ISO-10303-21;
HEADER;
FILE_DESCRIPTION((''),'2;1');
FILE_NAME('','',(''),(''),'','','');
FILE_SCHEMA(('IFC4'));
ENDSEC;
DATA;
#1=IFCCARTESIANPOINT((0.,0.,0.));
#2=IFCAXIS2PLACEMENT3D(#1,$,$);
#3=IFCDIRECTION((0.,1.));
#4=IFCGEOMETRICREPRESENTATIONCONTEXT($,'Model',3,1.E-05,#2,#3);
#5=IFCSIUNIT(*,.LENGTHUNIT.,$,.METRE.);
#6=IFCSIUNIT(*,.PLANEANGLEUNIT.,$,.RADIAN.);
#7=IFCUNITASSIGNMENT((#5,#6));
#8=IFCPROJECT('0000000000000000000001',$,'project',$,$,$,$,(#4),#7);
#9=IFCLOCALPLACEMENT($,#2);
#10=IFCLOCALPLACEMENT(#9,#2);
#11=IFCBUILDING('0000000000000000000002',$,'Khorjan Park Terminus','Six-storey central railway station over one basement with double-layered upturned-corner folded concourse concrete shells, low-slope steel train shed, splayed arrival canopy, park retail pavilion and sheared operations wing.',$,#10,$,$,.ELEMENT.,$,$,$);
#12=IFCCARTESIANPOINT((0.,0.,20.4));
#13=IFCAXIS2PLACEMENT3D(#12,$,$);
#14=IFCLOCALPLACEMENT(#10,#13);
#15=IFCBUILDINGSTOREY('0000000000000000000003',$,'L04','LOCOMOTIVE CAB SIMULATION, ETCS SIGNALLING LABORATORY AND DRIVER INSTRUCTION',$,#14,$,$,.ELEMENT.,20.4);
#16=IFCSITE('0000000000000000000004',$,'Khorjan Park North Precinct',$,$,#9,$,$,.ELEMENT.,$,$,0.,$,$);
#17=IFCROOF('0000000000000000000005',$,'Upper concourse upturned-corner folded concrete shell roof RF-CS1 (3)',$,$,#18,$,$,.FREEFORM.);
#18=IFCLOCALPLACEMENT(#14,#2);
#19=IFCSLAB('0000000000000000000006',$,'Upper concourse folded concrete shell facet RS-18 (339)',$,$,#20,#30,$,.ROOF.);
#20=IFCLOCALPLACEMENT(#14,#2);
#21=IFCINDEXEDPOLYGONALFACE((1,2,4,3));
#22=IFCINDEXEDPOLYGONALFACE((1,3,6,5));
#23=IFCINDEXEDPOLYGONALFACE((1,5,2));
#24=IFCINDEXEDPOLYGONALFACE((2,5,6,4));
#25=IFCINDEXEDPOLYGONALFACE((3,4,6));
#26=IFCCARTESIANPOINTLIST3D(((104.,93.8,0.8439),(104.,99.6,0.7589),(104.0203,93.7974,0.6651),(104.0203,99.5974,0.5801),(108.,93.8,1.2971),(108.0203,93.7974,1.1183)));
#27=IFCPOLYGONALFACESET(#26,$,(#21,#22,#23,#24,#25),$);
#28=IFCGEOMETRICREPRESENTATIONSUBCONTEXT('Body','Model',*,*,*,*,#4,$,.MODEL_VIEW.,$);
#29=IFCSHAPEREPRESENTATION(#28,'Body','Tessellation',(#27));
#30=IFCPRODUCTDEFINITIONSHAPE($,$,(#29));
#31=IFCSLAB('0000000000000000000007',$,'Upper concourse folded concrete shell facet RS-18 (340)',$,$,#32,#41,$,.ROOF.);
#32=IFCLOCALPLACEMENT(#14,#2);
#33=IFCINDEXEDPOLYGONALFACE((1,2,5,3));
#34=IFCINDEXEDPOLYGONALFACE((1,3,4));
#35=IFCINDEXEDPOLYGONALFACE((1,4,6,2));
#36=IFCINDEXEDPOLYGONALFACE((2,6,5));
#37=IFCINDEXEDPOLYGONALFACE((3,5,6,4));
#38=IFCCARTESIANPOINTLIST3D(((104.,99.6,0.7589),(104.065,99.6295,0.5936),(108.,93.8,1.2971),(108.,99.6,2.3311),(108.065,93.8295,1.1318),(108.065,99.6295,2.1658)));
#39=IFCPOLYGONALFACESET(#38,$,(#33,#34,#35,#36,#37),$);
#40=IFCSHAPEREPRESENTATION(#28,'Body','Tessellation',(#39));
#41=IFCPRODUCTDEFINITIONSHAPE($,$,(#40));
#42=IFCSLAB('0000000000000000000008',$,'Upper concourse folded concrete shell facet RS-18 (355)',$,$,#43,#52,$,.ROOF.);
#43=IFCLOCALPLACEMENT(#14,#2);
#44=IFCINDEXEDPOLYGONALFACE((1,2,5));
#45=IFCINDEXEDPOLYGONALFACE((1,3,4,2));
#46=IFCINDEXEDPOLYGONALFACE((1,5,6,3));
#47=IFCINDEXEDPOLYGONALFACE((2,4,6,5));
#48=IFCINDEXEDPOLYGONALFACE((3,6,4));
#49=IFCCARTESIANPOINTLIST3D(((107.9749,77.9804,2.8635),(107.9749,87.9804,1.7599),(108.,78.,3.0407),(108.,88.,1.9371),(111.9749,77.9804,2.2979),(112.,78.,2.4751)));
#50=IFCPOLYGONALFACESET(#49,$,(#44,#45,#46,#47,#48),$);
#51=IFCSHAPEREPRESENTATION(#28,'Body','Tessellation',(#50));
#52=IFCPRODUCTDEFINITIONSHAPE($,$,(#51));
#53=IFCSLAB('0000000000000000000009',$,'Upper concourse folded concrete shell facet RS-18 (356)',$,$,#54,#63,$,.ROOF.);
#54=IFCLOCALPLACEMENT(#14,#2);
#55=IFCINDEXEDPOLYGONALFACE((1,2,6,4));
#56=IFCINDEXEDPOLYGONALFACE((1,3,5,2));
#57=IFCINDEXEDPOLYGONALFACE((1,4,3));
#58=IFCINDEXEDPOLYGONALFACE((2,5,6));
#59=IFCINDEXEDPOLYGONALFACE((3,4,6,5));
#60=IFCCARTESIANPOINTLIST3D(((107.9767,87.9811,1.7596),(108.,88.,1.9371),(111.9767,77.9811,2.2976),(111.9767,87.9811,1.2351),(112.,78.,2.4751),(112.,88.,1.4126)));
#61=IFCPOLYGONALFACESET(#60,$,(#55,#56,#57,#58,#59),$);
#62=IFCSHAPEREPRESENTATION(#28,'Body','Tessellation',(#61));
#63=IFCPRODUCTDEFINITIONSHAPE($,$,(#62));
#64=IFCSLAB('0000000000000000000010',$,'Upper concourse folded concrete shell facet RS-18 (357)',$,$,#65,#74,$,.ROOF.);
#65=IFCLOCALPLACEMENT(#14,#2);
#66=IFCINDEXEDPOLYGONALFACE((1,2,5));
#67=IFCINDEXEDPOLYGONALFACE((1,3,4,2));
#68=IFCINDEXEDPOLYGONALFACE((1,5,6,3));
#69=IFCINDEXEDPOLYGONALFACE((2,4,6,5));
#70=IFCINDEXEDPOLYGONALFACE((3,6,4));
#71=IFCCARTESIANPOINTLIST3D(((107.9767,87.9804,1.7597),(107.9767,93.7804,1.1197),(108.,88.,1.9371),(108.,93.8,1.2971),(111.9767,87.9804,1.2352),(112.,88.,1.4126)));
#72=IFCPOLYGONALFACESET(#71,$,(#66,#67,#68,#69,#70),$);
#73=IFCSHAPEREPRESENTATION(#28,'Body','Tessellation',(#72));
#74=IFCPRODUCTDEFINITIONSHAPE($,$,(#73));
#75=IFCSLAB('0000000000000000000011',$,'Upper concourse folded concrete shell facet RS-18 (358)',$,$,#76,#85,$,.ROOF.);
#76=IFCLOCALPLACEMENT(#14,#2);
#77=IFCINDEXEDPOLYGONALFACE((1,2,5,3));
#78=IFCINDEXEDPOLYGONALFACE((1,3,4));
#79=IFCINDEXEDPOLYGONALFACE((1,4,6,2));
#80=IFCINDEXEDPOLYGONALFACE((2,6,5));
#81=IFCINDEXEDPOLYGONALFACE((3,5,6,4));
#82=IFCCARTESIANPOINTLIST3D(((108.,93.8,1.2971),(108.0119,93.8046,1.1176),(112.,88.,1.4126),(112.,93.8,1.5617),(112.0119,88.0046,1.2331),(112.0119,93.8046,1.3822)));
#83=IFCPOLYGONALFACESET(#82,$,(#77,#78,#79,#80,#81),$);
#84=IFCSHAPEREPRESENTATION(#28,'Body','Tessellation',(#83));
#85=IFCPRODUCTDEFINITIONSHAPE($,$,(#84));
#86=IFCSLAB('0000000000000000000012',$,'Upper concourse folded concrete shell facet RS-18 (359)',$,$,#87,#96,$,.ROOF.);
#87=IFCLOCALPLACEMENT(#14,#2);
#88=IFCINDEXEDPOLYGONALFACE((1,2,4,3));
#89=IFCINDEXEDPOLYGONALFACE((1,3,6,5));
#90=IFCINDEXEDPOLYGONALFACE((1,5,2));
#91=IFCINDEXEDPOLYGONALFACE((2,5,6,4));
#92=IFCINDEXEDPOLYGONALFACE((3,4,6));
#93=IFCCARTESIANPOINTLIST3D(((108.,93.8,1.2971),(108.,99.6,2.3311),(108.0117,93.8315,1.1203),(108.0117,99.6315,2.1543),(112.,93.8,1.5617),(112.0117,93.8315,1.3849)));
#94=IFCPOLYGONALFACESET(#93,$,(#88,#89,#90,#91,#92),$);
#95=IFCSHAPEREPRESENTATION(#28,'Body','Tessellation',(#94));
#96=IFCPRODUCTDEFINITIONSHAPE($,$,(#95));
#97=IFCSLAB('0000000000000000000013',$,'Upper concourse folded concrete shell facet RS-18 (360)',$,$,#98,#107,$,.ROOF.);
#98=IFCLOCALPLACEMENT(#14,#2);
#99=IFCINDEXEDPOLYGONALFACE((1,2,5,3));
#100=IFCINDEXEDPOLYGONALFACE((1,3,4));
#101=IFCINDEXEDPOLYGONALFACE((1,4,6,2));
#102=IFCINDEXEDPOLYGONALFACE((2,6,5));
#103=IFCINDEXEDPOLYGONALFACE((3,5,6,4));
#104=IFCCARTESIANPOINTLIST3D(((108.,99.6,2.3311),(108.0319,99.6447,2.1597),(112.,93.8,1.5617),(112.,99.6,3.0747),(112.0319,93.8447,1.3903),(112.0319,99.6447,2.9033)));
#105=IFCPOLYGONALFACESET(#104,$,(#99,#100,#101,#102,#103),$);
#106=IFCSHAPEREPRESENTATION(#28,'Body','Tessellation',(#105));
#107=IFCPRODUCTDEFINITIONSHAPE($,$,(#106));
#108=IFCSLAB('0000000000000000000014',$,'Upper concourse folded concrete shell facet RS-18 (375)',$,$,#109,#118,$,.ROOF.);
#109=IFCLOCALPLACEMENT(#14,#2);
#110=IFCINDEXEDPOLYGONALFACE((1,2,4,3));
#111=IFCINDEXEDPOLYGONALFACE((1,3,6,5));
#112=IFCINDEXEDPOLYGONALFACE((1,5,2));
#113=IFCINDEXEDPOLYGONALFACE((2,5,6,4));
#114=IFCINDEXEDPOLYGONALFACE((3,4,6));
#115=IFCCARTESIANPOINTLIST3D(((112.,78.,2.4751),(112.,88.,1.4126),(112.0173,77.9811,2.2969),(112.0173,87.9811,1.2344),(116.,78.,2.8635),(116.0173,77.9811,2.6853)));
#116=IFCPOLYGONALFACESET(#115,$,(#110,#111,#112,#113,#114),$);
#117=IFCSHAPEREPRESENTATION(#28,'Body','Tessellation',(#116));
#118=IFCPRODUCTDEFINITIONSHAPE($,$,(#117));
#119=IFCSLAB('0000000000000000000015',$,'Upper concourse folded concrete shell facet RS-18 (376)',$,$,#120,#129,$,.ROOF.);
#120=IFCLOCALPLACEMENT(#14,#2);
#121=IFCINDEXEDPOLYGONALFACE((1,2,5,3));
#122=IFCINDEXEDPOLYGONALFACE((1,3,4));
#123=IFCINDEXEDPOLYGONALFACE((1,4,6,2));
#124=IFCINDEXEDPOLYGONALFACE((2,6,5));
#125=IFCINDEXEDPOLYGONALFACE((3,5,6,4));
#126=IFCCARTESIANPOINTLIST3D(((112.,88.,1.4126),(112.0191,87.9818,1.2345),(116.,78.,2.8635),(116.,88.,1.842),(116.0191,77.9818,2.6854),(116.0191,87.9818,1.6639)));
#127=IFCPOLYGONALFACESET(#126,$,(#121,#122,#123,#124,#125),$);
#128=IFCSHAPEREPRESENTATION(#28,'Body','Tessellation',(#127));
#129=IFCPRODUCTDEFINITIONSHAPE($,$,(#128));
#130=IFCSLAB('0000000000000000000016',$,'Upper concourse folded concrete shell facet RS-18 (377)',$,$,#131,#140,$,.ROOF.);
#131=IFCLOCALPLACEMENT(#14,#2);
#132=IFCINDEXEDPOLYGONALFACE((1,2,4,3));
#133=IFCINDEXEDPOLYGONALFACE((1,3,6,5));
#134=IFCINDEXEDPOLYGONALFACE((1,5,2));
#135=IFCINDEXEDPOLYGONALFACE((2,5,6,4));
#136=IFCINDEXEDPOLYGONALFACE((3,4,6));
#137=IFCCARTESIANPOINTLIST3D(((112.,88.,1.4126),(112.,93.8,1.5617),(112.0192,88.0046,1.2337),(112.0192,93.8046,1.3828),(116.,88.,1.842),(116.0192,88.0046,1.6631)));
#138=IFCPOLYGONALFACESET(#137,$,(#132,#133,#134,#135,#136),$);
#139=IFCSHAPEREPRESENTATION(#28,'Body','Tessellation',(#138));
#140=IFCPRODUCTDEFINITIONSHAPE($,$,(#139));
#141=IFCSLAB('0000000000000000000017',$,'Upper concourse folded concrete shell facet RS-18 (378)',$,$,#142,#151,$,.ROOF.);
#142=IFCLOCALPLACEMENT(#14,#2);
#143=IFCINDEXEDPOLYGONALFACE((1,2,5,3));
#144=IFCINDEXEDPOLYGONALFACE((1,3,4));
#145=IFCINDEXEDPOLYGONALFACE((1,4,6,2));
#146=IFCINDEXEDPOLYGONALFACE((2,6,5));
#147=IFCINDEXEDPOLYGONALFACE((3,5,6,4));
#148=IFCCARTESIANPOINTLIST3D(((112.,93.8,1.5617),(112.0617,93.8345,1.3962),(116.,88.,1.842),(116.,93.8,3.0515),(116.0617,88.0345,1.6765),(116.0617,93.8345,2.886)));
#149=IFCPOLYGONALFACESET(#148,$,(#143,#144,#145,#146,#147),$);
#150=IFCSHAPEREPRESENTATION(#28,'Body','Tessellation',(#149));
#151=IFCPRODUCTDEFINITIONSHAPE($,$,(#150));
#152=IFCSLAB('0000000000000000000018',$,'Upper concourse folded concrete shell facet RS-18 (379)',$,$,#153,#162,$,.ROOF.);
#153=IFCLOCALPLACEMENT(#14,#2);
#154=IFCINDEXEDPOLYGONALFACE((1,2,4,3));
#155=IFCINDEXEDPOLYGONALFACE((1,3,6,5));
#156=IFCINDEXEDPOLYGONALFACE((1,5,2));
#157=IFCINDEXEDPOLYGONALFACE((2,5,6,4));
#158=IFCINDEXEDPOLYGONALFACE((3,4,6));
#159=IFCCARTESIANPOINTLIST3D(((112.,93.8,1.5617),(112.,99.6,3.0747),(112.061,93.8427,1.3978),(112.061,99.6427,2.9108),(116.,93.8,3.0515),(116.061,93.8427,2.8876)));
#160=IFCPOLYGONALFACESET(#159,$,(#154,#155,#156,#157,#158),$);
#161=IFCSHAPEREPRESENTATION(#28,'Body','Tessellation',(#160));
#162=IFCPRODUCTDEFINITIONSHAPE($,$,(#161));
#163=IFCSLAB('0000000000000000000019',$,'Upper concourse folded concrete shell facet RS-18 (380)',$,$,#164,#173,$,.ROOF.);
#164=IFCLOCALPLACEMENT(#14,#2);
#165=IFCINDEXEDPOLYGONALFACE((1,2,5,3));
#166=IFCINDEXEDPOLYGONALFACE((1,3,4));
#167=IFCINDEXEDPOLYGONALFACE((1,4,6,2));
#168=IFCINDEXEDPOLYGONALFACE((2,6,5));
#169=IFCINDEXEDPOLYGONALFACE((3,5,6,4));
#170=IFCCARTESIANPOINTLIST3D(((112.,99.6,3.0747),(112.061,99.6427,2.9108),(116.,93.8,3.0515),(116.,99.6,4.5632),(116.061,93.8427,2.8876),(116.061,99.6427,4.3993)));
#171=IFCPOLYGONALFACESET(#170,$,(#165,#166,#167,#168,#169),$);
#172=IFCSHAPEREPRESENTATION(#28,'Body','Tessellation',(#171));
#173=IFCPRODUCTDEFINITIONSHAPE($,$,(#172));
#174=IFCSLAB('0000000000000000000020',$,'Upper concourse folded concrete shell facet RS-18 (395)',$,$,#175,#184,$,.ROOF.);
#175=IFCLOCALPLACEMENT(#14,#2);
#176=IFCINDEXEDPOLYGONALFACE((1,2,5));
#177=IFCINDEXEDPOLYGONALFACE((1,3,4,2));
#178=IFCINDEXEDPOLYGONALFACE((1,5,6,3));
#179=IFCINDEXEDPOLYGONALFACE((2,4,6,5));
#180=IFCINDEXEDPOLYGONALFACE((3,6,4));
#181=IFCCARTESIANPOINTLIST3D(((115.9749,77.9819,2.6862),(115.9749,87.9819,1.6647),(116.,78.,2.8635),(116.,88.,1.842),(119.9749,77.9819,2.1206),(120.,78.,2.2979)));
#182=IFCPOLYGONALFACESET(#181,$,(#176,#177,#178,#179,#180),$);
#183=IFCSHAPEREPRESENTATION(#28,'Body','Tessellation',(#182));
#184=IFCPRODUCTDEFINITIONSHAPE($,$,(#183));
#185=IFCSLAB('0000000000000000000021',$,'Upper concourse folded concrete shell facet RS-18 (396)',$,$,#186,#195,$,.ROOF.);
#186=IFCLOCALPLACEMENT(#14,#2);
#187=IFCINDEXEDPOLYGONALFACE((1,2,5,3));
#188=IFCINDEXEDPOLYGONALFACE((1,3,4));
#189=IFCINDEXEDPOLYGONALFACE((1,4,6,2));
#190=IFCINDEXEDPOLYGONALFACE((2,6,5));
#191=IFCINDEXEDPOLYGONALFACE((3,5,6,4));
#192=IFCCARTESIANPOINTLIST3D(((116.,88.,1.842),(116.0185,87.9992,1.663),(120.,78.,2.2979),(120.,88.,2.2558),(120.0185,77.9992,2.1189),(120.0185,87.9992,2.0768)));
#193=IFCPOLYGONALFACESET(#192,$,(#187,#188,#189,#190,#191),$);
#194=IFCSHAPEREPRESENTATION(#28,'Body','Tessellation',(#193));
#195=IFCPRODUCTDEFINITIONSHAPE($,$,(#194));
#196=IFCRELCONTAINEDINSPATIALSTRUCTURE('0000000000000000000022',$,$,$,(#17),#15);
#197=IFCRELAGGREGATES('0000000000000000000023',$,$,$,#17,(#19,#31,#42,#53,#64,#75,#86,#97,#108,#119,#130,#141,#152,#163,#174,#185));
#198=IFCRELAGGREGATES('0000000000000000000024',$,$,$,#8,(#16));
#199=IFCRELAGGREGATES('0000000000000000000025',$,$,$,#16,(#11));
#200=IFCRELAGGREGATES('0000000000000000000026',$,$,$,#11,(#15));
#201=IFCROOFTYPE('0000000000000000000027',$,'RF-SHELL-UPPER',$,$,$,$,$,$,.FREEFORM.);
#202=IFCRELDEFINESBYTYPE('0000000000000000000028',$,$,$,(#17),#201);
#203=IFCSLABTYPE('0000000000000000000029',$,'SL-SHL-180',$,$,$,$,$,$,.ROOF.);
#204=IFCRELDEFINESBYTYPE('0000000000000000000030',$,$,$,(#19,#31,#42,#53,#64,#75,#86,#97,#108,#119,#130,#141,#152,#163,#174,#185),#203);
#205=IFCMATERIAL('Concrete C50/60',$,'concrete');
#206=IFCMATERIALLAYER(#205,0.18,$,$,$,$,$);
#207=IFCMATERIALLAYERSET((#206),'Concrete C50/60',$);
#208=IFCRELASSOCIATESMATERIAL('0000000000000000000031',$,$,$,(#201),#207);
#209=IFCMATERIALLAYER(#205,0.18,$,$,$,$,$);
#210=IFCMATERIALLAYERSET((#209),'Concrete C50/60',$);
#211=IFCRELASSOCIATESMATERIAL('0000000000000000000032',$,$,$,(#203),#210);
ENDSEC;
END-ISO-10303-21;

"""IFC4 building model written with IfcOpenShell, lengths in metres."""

from ifc_helpers import new_model, si_unit, direction, frame, origin, place, context, subcontext, project, spatial, polyline, outline, extrude, material, layer, layer_set, type_object, element, aggregate, save


model = new_model("IFC4")

# Units and contexts
model_context = context("Model", 3, precision=1e-05, world=origin(), true_north=direction((0.0, 1.0)))
body_context = subcontext(model_context, "Body", "Model", "MODEL_VIEW")
ifc_project = project(units=[si_unit("LENGTHUNIT", "METRE"), si_unit("PLANEANGLEUNIT", "RADIAN")], contexts=[model_context])

# Site, building, storey
site_placement = place(None, origin())
site = spatial("IfcSite", under=ifc_project, at=site_placement, Name="Khorjan Park North Precinct", CompositionType="ELEMENT", RefElevation=0.0)
building_placement = place(site_placement, origin())
building = spatial("IfcBuilding", under=site, at=building_placement, Name="Khorjan Park Terminus", Description="Six-storey central railway station over one basement with double-layered upturned-corner folded concourse concrete shells, low-slope steel train shed, splayed arrival canopy, park retail pavilion and sheared operations wing.", CompositionType="ELEMENT")
storey_placement = place(building_placement, frame((0.0, 0.0, 20.4)))
storey = spatial("IfcBuildingStorey", under=building, at=storey_placement, Name="L04", Description="LOCOMOTIVE CAB SIMULATION, ETCS SIGNALLING LABORATORY AND DRIVER INSTRUCTION", CompositionType="ELEMENT", Elevation=20.4)

# Roof, slabs
ifc_material = material(Name="Concrete C50/60", Category="concrete")
ifc_layer_1 = layer(ifc_material, 0.18)
ifc_layer_set_1 = layer_set([ifc_layer_1], Name="Concrete C50/60")
roof_type = type_object("IfcRoofType", Name="RF-SHELL-UPPER", PredefinedType="FREEFORM", material=ifc_layer_set_1)
roof_placement = place(storey_placement, origin())
roof = element("IfcRoof", 1, at=roof_placement, inside=storey, type_object=roof_type, Name="Upper concourse upturned-corner folded concrete shell roof RF-CS1 (3)", PredefinedType="FREEFORM")
ifc_layer_2 = layer(ifc_material, 0.18)
ifc_layer_set_2 = layer_set([ifc_layer_2], Name="Concrete C50/60")
slab_type = type_object("IfcSlabType", Name="SL-SHL-180", PredefinedType="ROOF", material=ifc_layer_set_2)
slab_1_placement = place(storey_placement, frame((104.0, 93.8, 0.8439), z_axis=(-0.112568, 0.01456, 0.993537), x_axis=(0.993643, 0.0, 0.11258)))
slab_1 = element("IfcSlab", 2, at=slab_1_placement, type_object=slab_type, Name="Upper concourse folded concrete shell facet RS-18 (339)", PredefinedType="ROOF", context=body_context, shape_type="SweptSolid", body=[
    extrude(outline(polyline([(0.0, 0.0), (4.0256, 0.0), (-0.0096, 5.8006), (0.0, 0.0)])), origin(), (0.0, 0.0, -1.0), 0.18),
])
slab_2_placement = place(storey_placement, frame((108.0, 93.8, 1.2971), z_axis=(-0.360874, -0.163682, 0.918138), x_axis=(0.0, 0.984478, 0.175509)))
slab_2 = element("IfcSlab", 3, at=slab_2_placement, type_object=slab_type, Name="Upper concourse folded concrete shell facet RS-18 (340)", PredefinedType="ROOF", context=body_context, shape_type="SweptSolid", body=[
    extrude(outline(polyline([(0.0, 0.0), (5.8914, 0.0), (5.6155, 4.289), (0.0, 0.0)])), origin(), (0.0, 0.0, -1.0), 0.18),
])
slab_3_placement = place(storey_placement, frame((108.0, 78.0, 3.0407), z_axis=(0.139179, 0.108626, 0.984291), x_axis=(0.99015, 0.0, -0.140007)))
slab_3 = element("IfcSlab", 4, at=slab_3_placement, type_object=slab_type, Name="Upper concourse folded concrete shell facet RS-18 (355)", PredefinedType="ROOF", context=body_context, shape_type="SweptSolid", body=[
    extrude(outline(polyline([(0.0, 0.0), (4.0398, 0.0), (0.1545, 10.0595), (0.0, 0.0)])), origin(), (0.0, 0.0, -1.0), 0.18),
])
slab_4_placement = place(storey_placement, frame((112.0, 78.0, 2.4751), z_axis=(0.129297, 0.104768, 0.986056), x_axis=(0.0, 0.994403, -0.105655)))
slab_4 = element("IfcSlab", 5, at=slab_4_placement, type_object=slab_type, Name="Upper concourse folded concrete shell facet RS-18 (356)", PredefinedType="ROOF", context=body_context, shape_type="SweptSolid", body=[
    extrude(outline(polyline([(0.0, 0.0), (10.0563, 0.0), (10.0009, 4.0339), (0.0, 0.0)])), origin(), (0.0, 0.0, -1.0), 0.18),
])
slab_5_placement = place(storey_placement, frame((108.0, 88.0, 1.9371), z_axis=(0.129241, 0.108759, 0.985631), x_axis=(0.991512, 0.0, -0.130012)))
slab_5 = element("IfcSlab", 6, at=slab_5_placement, type_object=slab_type, Name="Upper concourse folded concrete shell facet RS-18 (357)", PredefinedType="ROOF", context=body_context, shape_type="SweptSolid", body=[
    extrude(outline(polyline([(0.0, 0.0), (4.0342, 0.0), (0.0832, 5.8346), (0.0, 0.0)])), origin(), (0.0, 0.0, -1.0), 0.18),
])
slab_6_placement = place(storey_placement, frame((112.0, 88.0, 1.4126), z_axis=(-0.065984, -0.025642, 0.997491), x_axis=(0.0, 0.99967, 0.025698)))
slab_6 = element("IfcSlab", 7, at=slab_6_placement, type_object=slab_type, Name="Upper concourse folded concrete shell facet RS-18 (358)", PredefinedType="ROOF", context=body_context, shape_type="SweptSolid", body=[
    extrude(outline(polyline([(0.0, 0.0), (5.8019, 0.0), (5.7951, 4.0087), (0.0, 0.0)])), origin(), (0.0, 0.0, -1.0), 0.18),
])
slab_7_placement = place(storey_placement, frame((108.0, 93.8, 1.2971), z_axis=(-0.064986, -0.175138, 0.982397), x_axis=(0.997819, 0.0, 0.066006)))
slab_7 = element("IfcSlab", 8, at=slab_7_placement, type_object=slab_type, Name="Upper concourse folded concrete shell facet RS-18 (359)", PredefinedType="ROOF", context=body_context, shape_type="SweptSolid", body=[
    extrude(outline(polyline([(0.0, 0.0), (4.0087, 0.0), (0.0682, 5.8911), (0.0, 0.0)])), origin(), (0.0, 0.0, -1.0), 0.18),
])
slab_8_placement = place(storey_placement, frame((112.0, 93.8, 1.5617), z_axis=(-0.177039, -0.248428, 0.952334), x_axis=(0.0, 0.967619, 0.252415)))
slab_8 = element("IfcSlab", 9, at=slab_8_placement, type_object=slab_type, Name="Upper concourse folded concrete shell facet RS-18 (360)", PredefinedType="ROOF", context=body_context, shape_type="SweptSolid", body=[
    extrude(outline(polyline([(0.0, 0.0), (5.9941, 0.0), (5.8064, 4.0642), (0.0, 0.0)])), origin(), (0.0, 0.0, -1.0), 0.18),
])
slab_9_placement = place(storey_placement, frame((112.0, 78.0, 2.4751), z_axis=(-0.09611, 0.105166, 0.989799), x_axis=(0.995319, 0.0, 0.096645)))
slab_9 = element("IfcSlab", 10, at=slab_9_placement, type_object=slab_type, Name="Upper concourse folded concrete shell facet RS-18 (375)", PredefinedType="ROOF", context=body_context, shape_type="SweptSolid", body=[
    extrude(outline(polyline([(0.0, 0.0), (4.0188, 0.0), (-0.1027, 10.0558), (0.0, 0.0)])), origin(), (0.0, 0.0, -1.0), 0.18),
])
slab_10_placement = place(storey_placement, frame((116.0, 78.0, 2.8635), z_axis=(-0.10619, 0.101047, 0.989198), x_axis=(0.0, 0.994823, -0.101621)))
slab_10 = element("IfcSlab", 11, at=slab_10_placement, type_object=slab_type, Name="Upper concourse folded concrete shell facet RS-18 (376)", PredefinedType="ROOF", context=body_context, shape_type="SweptSolid", body=[
    extrude(outline(polyline([(0.0, 0.0), (10.052, 0.0), (10.0957, 4.0227), (0.0, 0.0)])), origin(), (0.0, 0.0, -1.0), 0.18),
])
slab_11_placement = place(storey_placement, frame((112.0, 88.0, 1.4126), z_axis=(-0.106702, -0.025552, 0.993963), x_axis=(0.994287, 0.0, 0.106737)))
slab_11 = element("IfcSlab", 12, at=slab_11_placement, type_object=slab_type, Name="Upper concourse folded concrete shell facet RS-18 (377)", PredefinedType="ROOF", context=body_context, shape_type="SweptSolid", body=[
    extrude(outline(polyline([(0.0, 0.0), (4.023, 0.0), (0.0159, 5.8019), (0.0, 0.0)])), origin(), (0.0, 0.0, -1.0), 0.18),
])
slab_12_placement = place(storey_placement, frame((116.0, 88.0, 1.842), z_axis=(-0.342548, -0.191792, 0.919715), x_axis=(0.0, 0.978941, 0.204143)))
slab_12 = element("IfcSlab", 13, at=slab_12_placement, type_object=slab_type, Name="Upper concourse folded concrete shell facet RS-18 (378)", PredefinedType="ROOF", context=body_context, shape_type="SweptSolid", body=[
    extrude(outline(polyline([(0.0, 0.0), (5.9248, 0.0), (5.6206, 4.2576), (0.0, 0.0)])), origin(), (0.0, 0.0, -1.0), 0.18),
])
slab_13_placement = place(storey_placement, frame((112.0, 93.8, 1.5617), z_axis=(-0.339044, -0.237465, 0.910307), x_axis=(0.937112, 0.0, 0.349028)))
slab_13 = element("IfcSlab", 14, at=slab_13_placement, type_object=slab_type, Name="Upper concourse folded concrete shell facet RS-18 (379)", PredefinedType="ROOF", context=body_context, shape_type="SweptSolid", body=[
    extrude(outline(polyline([(0.0, 0.0), (4.2684, 0.0), (0.5281, 5.9708), (0.0, 0.0)])), origin(), (0.0, 0.0, -1.0), 0.18),
])
slab_14_placement = place(storey_placement, frame((116.0, 93.8, 3.0515), z_axis=(-0.338799, -0.237296, 0.910443), x_axis=(0.0, 0.967672, 0.252212)))
slab_14 = element("IfcSlab", 15, at=slab_14_placement, type_object=slab_type, Name="Upper concourse folded concrete shell facet RS-18 (380)", PredefinedType="ROOF", context=body_context, shape_type="SweptSolid", body=[
    extrude(outline(polyline([(0.0, 0.0), (5.9938, 0.0), (5.6183, 4.2514), (0.0, 0.0)])), origin(), (0.0, 0.0, -1.0), 0.18),
])
slab_15_placement = place(storey_placement, frame((116.0, 78.0, 2.8635), z_axis=(0.139297, 0.10063, 0.985124), x_axis=(0.99015, 0.0, -0.140007)))
slab_15 = element("IfcSlab", 16, at=slab_15_placement, type_object=slab_type, Name="Upper concourse folded concrete shell facet RS-18 (395)", PredefinedType="ROOF", context=body_context, shape_type="SweptSolid", body=[
    extrude(outline(polyline([(0.0, 0.0), (4.0398, 0.0), (0.143, 10.051), (0.0, 0.0)])), origin(), (0.0, 0.0, -1.0), 0.18),
])
slab_16_placement = place(storey_placement, frame((120.0, 78.0, 2.2979), z_axis=(-0.1029, 0.004188, 0.994683), x_axis=(0.0, 0.999991, -0.00421)))
slab_16 = element("IfcSlab", 17, at=slab_16_placement, type_object=slab_type, Name="Upper concourse folded concrete shell facet RS-18 (396)", PredefinedType="ROOF", context=body_context, shape_type="SweptSolid", body=[
    extrude(outline(polyline([(0.0, 0.0), (10.0001, 0.0), (10.0018, 4.0213), (0.0, 0.0)])), origin(), (0.0, 0.0, -1.0), 0.18),
])
aggregate(roof, [slab_1, slab_2, slab_3, slab_4, slab_5, slab_6, slab_7, slab_8, slab_9, slab_10, slab_11, slab_12, slab_13, slab_14, slab_15, slab_16])

save(model, "model.ifc")
